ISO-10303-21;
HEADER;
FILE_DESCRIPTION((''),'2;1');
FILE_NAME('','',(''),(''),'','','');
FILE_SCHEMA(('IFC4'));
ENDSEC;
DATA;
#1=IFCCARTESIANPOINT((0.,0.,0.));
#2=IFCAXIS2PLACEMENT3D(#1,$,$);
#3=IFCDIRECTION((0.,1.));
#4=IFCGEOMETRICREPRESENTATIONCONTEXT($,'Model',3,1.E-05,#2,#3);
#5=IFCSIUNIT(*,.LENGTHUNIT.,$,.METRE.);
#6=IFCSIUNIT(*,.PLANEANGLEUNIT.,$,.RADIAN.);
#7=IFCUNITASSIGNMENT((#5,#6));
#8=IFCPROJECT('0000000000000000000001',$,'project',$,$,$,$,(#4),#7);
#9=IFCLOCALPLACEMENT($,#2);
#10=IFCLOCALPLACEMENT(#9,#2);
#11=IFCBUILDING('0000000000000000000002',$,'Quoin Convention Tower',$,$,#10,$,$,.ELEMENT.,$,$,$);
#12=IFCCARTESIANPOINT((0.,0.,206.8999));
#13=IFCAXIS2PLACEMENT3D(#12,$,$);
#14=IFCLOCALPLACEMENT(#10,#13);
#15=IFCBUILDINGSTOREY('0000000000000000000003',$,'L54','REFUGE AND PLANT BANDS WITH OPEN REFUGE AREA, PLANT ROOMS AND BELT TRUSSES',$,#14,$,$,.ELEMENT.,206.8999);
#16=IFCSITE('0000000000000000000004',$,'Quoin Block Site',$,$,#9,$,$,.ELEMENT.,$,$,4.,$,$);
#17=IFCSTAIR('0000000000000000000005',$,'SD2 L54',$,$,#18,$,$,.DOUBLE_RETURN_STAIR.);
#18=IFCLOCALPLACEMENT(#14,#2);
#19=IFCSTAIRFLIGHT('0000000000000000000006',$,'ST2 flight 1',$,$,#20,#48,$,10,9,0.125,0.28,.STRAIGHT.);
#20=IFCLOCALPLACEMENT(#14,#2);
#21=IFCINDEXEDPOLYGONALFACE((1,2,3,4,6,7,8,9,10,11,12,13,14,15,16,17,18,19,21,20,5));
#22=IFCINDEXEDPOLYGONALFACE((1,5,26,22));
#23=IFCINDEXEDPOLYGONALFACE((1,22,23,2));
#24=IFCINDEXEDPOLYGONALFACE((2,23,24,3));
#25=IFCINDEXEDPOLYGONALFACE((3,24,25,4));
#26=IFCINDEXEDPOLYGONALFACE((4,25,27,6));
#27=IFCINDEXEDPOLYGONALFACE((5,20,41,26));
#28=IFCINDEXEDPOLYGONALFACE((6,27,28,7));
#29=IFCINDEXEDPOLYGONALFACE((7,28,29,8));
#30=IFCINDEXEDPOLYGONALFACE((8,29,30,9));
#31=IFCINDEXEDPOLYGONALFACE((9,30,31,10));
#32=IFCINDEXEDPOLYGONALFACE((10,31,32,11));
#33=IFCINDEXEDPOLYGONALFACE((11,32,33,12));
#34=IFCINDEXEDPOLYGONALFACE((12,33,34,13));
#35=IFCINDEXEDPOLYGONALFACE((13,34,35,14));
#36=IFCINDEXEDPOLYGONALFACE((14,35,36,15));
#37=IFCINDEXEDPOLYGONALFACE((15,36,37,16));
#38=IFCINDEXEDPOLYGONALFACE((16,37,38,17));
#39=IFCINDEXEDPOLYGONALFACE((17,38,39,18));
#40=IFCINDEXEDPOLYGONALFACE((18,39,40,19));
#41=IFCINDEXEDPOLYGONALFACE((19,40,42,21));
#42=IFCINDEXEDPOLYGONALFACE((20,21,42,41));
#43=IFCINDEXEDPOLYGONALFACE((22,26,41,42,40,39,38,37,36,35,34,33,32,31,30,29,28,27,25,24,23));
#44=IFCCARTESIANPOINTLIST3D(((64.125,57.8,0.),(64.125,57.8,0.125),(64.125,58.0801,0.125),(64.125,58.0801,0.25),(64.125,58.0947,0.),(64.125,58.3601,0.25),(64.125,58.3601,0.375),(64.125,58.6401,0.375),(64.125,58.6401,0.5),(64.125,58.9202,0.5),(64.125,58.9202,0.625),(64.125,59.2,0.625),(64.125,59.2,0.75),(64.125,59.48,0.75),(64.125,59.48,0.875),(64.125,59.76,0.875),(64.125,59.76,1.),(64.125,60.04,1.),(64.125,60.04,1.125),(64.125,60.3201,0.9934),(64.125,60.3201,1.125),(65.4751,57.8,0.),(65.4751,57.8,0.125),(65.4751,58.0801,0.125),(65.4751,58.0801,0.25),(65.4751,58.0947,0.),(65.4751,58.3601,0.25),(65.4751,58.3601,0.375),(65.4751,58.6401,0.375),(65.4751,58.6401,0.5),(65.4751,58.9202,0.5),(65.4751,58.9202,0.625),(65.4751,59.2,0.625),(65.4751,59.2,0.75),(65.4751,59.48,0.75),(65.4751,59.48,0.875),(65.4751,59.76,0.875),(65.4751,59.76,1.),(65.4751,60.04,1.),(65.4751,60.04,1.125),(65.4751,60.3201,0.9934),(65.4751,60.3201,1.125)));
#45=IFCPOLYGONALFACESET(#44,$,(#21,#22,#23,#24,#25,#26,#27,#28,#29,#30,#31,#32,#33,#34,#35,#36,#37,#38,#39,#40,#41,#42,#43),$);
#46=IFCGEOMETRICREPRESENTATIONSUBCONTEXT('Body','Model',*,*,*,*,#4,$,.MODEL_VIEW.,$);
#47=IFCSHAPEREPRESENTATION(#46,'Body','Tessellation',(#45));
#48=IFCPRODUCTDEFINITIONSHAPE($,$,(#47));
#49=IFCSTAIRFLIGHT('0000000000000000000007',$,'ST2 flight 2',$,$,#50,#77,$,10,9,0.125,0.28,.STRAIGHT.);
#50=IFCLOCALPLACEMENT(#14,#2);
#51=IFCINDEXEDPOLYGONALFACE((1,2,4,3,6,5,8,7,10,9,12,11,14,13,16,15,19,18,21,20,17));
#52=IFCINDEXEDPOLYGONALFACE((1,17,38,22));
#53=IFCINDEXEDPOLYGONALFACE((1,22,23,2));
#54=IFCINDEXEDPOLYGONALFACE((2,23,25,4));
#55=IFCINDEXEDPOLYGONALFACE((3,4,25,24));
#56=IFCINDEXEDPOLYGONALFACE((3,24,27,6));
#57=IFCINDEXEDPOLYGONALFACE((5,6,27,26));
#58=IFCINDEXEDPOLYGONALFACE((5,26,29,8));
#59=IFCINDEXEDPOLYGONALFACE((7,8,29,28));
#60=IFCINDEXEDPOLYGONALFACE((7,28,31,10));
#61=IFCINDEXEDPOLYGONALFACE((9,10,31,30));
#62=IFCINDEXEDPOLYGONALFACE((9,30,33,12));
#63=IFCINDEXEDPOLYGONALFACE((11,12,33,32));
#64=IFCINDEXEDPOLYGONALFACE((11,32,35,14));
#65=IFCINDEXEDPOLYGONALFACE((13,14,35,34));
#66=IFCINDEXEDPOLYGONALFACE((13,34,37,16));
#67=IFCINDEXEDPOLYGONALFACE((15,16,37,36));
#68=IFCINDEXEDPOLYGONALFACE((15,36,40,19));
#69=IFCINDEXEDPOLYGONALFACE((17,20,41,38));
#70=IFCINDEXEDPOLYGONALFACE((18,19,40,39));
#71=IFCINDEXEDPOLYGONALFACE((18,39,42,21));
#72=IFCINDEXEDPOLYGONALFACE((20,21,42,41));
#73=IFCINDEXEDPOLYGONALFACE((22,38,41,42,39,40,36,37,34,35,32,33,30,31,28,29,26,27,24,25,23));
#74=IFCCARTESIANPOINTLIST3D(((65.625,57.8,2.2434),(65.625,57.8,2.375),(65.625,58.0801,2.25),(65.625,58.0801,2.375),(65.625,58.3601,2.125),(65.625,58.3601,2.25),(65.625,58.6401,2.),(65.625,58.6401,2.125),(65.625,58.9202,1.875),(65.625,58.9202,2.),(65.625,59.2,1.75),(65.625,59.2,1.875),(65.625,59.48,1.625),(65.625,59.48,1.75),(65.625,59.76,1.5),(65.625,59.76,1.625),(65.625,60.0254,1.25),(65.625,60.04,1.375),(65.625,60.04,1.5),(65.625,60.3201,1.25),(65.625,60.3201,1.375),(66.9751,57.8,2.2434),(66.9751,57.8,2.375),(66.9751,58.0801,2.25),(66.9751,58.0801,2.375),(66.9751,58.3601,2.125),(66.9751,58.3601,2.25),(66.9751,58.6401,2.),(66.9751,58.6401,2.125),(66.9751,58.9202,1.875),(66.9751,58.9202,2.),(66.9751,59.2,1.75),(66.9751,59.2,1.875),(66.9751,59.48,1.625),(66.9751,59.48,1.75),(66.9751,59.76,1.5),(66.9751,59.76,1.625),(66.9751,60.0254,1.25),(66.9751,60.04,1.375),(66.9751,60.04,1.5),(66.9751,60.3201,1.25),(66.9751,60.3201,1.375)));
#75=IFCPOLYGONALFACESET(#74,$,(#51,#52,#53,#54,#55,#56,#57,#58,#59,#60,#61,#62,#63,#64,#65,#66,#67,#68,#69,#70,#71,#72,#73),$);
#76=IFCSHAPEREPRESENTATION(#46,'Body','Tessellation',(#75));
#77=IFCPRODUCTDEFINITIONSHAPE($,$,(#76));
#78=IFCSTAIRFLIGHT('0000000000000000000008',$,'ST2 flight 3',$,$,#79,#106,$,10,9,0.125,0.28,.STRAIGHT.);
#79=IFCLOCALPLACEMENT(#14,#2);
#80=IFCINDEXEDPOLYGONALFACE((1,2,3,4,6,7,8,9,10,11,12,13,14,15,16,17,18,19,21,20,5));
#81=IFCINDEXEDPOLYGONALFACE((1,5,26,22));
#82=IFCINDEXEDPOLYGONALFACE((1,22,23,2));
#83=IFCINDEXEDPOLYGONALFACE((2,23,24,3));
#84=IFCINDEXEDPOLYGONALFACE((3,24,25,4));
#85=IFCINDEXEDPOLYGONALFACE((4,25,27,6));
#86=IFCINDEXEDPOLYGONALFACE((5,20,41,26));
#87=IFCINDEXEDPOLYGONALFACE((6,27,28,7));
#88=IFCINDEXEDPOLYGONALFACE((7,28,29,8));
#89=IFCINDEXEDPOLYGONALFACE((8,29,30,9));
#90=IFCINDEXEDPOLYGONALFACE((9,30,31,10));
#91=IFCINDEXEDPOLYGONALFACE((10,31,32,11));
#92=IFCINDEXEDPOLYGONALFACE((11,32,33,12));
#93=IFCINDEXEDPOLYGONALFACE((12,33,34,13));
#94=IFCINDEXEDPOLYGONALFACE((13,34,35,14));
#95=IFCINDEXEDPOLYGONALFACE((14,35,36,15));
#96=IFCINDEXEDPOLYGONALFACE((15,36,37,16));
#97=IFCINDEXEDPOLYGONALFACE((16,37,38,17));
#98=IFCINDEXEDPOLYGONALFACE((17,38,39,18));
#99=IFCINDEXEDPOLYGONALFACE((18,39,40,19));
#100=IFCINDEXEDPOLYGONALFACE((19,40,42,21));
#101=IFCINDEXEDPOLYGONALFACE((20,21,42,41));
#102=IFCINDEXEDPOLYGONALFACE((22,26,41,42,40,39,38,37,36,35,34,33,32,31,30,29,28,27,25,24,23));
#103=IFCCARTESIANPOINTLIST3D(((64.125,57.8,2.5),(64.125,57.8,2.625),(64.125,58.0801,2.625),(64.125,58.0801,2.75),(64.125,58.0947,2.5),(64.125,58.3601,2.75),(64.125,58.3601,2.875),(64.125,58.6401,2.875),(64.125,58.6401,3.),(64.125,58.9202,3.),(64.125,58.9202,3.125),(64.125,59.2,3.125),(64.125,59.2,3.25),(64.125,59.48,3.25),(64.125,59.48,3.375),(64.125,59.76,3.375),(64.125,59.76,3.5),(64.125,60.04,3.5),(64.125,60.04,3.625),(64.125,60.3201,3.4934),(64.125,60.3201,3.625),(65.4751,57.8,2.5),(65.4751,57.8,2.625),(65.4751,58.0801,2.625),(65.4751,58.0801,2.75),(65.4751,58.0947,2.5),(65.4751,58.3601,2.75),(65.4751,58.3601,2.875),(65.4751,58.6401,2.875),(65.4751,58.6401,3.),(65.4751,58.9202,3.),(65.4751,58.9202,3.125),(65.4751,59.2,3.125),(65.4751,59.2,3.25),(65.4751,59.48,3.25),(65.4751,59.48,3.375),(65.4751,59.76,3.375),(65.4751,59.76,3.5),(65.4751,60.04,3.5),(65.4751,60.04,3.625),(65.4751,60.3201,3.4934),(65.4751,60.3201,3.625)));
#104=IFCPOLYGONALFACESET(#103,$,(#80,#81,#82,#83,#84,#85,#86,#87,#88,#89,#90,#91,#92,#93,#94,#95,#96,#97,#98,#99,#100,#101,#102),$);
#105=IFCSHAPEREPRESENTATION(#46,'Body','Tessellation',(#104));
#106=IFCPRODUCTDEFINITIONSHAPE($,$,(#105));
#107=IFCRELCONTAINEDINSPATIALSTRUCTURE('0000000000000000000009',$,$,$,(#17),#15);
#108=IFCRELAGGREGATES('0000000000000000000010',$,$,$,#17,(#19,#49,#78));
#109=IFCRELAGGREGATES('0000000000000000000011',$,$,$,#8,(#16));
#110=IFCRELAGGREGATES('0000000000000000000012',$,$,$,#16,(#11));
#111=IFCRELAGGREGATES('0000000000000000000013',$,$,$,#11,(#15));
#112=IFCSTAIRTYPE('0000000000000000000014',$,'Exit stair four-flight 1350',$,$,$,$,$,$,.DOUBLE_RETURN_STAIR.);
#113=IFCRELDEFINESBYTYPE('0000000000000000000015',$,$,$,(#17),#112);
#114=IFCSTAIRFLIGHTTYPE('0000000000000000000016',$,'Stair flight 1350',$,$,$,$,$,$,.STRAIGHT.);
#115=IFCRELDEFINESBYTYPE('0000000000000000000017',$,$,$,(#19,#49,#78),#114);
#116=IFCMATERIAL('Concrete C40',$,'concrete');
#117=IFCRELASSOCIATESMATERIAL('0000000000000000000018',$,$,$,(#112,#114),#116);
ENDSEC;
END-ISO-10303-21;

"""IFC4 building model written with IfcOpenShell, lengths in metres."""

from ifc_helpers import new_model, si_unit, direction, frame, origin, place, context, subcontext, project, spatial, polyline, outline, extrude, material, type_object, element, aggregate, save


model = new_model("IFC4")

# Units and contexts
model_context = context("Model", 3, precision=1e-05, world=origin(), true_north=direction((0.0, 1.0)))
body_context = subcontext(model_context, "Body", "Model", "MODEL_VIEW")
ifc_project = project(units=[si_unit("LENGTHUNIT", "METRE"), si_unit("PLANEANGLEUNIT", "RADIAN")], contexts=[model_context])

# Site, building, storey
site_placement = place(None, origin())
site = spatial("IfcSite", under=ifc_project, at=site_placement, Name="Quoin Block Site", CompositionType="ELEMENT", RefElevation=4.0)
building_placement = place(site_placement, origin())
building = spatial("IfcBuilding", under=site, at=building_placement, Name="Quoin Convention Tower", CompositionType="ELEMENT")
storey_placement = place(building_placement, frame((0.0, 0.0, 206.8999)))
storey = spatial("IfcBuildingStorey", under=building, at=storey_placement, Name="L54", Description="REFUGE AND PLANT BANDS WITH OPEN REFUGE AREA, PLANT ROOMS AND BELT TRUSSES", CompositionType="ELEMENT", Elevation=206.8999)

# Stair, stair flights
ifc_material_1 = material(Name="Concrete C40", Category="concrete")
stair_type = type_object("IfcStairType", Name="Exit stair four-flight 1350", PredefinedType="DOUBLE_RETURN_STAIR", material=ifc_material_1)
stair_placement = place(storey_placement, origin())
stair = element("IfcStair", 1, at=stair_placement, inside=storey, type_object=stair_type, Name="SD2 L54", PredefinedType="DOUBLE_RETURN_STAIR")
stair_flight_type = type_object("IfcStairFlightType", Name="Stair flight 1350", PredefinedType="STRAIGHT", material=ifc_material_1)
stair_flight_1_placement = place(storey_placement, frame((64.8, 57.8, 0.0), z_axis=(0.0, 0.0, 1.0), x_axis=(0.0, 1.0, 0.0)))
stair_flight_1 = element("IfcStairFlight", 2, at=stair_flight_1_placement, type_object=stair_flight_type, Name="ST2 flight 1", NumberOfRisers=10, NumberOfTreads=9, PredefinedType="STRAIGHT", RiserHeight=0.125, TreadLength=0.28, context=body_context, shape_type="SweptSolid", body=[
    extrude(outline(polyline([(0.0, 0.0), (0.0, 0.125), (0.28, 0.125), (0.28, 0.25), (0.5601, 0.25), (0.5601, 0.375), (0.8401, 0.375), (0.8401, 0.5), (1.1201, 0.5), (1.1201, 0.625), (1.3999, 0.625), (1.3999, 0.75), (1.6799, 0.75), (1.6799, 0.875), (1.96, 0.875), (1.96, 1.0), (2.24, 1.0), (2.24, 1.125), (2.52, 1.125), (2.52, 1.25), (2.52, 0.9934), (0.2947, 0.0), (0.0, 0.0)])), frame((0.0, 0.675, 0.0), z_axis=(0.0, -1.0, 0.0), x_axis=(1.0, 0.0, 0.0)), (0.0, 0.0, 1.0), 1.3501),
])
stair_flight_2_placement = place(storey_placement, frame((66.3, 60.3201, 1.25), z_axis=(0.0, 0.0, 1.0), x_axis=(0.0, -1.0, 0.0)))
stair_flight_2 = element("IfcStairFlight", 3, at=stair_flight_2_placement, type_object=stair_flight_type, Name="ST2 flight 2", NumberOfRisers=10, NumberOfTreads=9, PredefinedType="STRAIGHT", RiserHeight=0.125, TreadLength=0.28, context=body_context, shape_type="SweptSolid", body=[
    extrude(outline(polyline([(0.0, 0.0), (0.0, 0.125), (0.28, 0.125), (0.28, 0.25), (0.5601, 0.25), (0.5601, 0.375), (0.8401, 0.375), (0.8401, 0.5), (1.1201, 0.5), (1.1201, 0.625), (1.3999, 0.625), (1.3999, 0.75), (1.6799, 0.75), (1.6799, 0.875), (1.96, 0.875), (1.96, 1.0), (2.24, 1.0), (2.24, 1.125), (2.52, 1.125), (2.52, 1.25), (2.52, 0.9934), (0.2947, 0.0), (0.0, 0.0)])), frame((0.0, 0.675, 0.0), z_axis=(0.0, -1.0, 0.0), x_axis=(1.0, 0.0, 0.0)), (0.0, 0.0, 1.0), 1.3501),
])
stair_flight_3_placement = place(storey_placement, frame((64.8, 57.8, 2.5), z_axis=(0.0, 0.0, 1.0), x_axis=(0.0, 1.0, 0.0)))
stair_flight_3 = element("IfcStairFlight", 4, at=stair_flight_3_placement, type_object=stair_flight_type, Name="ST2 flight 3", NumberOfRisers=10, NumberOfTreads=9, PredefinedType="STRAIGHT", RiserHeight=0.125, TreadLength=0.28, context=body_context, shape_type="SweptSolid", body=[
    extrude(outline(polyline([(0.0, 0.0), (0.0, 0.125), (0.28, 0.125), (0.28, 0.25), (0.5601, 0.25), (0.5601, 0.375), (0.8401, 0.375), (0.8401, 0.5), (1.1201, 0.5), (1.1201, 0.625), (1.3999, 0.625), (1.3999, 0.75), (1.6799, 0.75), (1.6799, 0.875), (1.96, 0.875), (1.96, 1.0), (2.24, 1.0), (2.24, 1.125), (2.52, 1.125), (2.52, 1.25), (2.52, 0.9934), (0.2947, 0.0), (0.0, 0.0)])), frame((0.0, 0.675, 0.0), z_axis=(0.0, -1.0, 0.0), x_axis=(1.0, 0.0, 0.0)), (0.0, 0.0, 1.0), 1.3501),
])
aggregate(stair, [stair_flight_1, stair_flight_2, stair_flight_3])

save(model, "model.ifc")
